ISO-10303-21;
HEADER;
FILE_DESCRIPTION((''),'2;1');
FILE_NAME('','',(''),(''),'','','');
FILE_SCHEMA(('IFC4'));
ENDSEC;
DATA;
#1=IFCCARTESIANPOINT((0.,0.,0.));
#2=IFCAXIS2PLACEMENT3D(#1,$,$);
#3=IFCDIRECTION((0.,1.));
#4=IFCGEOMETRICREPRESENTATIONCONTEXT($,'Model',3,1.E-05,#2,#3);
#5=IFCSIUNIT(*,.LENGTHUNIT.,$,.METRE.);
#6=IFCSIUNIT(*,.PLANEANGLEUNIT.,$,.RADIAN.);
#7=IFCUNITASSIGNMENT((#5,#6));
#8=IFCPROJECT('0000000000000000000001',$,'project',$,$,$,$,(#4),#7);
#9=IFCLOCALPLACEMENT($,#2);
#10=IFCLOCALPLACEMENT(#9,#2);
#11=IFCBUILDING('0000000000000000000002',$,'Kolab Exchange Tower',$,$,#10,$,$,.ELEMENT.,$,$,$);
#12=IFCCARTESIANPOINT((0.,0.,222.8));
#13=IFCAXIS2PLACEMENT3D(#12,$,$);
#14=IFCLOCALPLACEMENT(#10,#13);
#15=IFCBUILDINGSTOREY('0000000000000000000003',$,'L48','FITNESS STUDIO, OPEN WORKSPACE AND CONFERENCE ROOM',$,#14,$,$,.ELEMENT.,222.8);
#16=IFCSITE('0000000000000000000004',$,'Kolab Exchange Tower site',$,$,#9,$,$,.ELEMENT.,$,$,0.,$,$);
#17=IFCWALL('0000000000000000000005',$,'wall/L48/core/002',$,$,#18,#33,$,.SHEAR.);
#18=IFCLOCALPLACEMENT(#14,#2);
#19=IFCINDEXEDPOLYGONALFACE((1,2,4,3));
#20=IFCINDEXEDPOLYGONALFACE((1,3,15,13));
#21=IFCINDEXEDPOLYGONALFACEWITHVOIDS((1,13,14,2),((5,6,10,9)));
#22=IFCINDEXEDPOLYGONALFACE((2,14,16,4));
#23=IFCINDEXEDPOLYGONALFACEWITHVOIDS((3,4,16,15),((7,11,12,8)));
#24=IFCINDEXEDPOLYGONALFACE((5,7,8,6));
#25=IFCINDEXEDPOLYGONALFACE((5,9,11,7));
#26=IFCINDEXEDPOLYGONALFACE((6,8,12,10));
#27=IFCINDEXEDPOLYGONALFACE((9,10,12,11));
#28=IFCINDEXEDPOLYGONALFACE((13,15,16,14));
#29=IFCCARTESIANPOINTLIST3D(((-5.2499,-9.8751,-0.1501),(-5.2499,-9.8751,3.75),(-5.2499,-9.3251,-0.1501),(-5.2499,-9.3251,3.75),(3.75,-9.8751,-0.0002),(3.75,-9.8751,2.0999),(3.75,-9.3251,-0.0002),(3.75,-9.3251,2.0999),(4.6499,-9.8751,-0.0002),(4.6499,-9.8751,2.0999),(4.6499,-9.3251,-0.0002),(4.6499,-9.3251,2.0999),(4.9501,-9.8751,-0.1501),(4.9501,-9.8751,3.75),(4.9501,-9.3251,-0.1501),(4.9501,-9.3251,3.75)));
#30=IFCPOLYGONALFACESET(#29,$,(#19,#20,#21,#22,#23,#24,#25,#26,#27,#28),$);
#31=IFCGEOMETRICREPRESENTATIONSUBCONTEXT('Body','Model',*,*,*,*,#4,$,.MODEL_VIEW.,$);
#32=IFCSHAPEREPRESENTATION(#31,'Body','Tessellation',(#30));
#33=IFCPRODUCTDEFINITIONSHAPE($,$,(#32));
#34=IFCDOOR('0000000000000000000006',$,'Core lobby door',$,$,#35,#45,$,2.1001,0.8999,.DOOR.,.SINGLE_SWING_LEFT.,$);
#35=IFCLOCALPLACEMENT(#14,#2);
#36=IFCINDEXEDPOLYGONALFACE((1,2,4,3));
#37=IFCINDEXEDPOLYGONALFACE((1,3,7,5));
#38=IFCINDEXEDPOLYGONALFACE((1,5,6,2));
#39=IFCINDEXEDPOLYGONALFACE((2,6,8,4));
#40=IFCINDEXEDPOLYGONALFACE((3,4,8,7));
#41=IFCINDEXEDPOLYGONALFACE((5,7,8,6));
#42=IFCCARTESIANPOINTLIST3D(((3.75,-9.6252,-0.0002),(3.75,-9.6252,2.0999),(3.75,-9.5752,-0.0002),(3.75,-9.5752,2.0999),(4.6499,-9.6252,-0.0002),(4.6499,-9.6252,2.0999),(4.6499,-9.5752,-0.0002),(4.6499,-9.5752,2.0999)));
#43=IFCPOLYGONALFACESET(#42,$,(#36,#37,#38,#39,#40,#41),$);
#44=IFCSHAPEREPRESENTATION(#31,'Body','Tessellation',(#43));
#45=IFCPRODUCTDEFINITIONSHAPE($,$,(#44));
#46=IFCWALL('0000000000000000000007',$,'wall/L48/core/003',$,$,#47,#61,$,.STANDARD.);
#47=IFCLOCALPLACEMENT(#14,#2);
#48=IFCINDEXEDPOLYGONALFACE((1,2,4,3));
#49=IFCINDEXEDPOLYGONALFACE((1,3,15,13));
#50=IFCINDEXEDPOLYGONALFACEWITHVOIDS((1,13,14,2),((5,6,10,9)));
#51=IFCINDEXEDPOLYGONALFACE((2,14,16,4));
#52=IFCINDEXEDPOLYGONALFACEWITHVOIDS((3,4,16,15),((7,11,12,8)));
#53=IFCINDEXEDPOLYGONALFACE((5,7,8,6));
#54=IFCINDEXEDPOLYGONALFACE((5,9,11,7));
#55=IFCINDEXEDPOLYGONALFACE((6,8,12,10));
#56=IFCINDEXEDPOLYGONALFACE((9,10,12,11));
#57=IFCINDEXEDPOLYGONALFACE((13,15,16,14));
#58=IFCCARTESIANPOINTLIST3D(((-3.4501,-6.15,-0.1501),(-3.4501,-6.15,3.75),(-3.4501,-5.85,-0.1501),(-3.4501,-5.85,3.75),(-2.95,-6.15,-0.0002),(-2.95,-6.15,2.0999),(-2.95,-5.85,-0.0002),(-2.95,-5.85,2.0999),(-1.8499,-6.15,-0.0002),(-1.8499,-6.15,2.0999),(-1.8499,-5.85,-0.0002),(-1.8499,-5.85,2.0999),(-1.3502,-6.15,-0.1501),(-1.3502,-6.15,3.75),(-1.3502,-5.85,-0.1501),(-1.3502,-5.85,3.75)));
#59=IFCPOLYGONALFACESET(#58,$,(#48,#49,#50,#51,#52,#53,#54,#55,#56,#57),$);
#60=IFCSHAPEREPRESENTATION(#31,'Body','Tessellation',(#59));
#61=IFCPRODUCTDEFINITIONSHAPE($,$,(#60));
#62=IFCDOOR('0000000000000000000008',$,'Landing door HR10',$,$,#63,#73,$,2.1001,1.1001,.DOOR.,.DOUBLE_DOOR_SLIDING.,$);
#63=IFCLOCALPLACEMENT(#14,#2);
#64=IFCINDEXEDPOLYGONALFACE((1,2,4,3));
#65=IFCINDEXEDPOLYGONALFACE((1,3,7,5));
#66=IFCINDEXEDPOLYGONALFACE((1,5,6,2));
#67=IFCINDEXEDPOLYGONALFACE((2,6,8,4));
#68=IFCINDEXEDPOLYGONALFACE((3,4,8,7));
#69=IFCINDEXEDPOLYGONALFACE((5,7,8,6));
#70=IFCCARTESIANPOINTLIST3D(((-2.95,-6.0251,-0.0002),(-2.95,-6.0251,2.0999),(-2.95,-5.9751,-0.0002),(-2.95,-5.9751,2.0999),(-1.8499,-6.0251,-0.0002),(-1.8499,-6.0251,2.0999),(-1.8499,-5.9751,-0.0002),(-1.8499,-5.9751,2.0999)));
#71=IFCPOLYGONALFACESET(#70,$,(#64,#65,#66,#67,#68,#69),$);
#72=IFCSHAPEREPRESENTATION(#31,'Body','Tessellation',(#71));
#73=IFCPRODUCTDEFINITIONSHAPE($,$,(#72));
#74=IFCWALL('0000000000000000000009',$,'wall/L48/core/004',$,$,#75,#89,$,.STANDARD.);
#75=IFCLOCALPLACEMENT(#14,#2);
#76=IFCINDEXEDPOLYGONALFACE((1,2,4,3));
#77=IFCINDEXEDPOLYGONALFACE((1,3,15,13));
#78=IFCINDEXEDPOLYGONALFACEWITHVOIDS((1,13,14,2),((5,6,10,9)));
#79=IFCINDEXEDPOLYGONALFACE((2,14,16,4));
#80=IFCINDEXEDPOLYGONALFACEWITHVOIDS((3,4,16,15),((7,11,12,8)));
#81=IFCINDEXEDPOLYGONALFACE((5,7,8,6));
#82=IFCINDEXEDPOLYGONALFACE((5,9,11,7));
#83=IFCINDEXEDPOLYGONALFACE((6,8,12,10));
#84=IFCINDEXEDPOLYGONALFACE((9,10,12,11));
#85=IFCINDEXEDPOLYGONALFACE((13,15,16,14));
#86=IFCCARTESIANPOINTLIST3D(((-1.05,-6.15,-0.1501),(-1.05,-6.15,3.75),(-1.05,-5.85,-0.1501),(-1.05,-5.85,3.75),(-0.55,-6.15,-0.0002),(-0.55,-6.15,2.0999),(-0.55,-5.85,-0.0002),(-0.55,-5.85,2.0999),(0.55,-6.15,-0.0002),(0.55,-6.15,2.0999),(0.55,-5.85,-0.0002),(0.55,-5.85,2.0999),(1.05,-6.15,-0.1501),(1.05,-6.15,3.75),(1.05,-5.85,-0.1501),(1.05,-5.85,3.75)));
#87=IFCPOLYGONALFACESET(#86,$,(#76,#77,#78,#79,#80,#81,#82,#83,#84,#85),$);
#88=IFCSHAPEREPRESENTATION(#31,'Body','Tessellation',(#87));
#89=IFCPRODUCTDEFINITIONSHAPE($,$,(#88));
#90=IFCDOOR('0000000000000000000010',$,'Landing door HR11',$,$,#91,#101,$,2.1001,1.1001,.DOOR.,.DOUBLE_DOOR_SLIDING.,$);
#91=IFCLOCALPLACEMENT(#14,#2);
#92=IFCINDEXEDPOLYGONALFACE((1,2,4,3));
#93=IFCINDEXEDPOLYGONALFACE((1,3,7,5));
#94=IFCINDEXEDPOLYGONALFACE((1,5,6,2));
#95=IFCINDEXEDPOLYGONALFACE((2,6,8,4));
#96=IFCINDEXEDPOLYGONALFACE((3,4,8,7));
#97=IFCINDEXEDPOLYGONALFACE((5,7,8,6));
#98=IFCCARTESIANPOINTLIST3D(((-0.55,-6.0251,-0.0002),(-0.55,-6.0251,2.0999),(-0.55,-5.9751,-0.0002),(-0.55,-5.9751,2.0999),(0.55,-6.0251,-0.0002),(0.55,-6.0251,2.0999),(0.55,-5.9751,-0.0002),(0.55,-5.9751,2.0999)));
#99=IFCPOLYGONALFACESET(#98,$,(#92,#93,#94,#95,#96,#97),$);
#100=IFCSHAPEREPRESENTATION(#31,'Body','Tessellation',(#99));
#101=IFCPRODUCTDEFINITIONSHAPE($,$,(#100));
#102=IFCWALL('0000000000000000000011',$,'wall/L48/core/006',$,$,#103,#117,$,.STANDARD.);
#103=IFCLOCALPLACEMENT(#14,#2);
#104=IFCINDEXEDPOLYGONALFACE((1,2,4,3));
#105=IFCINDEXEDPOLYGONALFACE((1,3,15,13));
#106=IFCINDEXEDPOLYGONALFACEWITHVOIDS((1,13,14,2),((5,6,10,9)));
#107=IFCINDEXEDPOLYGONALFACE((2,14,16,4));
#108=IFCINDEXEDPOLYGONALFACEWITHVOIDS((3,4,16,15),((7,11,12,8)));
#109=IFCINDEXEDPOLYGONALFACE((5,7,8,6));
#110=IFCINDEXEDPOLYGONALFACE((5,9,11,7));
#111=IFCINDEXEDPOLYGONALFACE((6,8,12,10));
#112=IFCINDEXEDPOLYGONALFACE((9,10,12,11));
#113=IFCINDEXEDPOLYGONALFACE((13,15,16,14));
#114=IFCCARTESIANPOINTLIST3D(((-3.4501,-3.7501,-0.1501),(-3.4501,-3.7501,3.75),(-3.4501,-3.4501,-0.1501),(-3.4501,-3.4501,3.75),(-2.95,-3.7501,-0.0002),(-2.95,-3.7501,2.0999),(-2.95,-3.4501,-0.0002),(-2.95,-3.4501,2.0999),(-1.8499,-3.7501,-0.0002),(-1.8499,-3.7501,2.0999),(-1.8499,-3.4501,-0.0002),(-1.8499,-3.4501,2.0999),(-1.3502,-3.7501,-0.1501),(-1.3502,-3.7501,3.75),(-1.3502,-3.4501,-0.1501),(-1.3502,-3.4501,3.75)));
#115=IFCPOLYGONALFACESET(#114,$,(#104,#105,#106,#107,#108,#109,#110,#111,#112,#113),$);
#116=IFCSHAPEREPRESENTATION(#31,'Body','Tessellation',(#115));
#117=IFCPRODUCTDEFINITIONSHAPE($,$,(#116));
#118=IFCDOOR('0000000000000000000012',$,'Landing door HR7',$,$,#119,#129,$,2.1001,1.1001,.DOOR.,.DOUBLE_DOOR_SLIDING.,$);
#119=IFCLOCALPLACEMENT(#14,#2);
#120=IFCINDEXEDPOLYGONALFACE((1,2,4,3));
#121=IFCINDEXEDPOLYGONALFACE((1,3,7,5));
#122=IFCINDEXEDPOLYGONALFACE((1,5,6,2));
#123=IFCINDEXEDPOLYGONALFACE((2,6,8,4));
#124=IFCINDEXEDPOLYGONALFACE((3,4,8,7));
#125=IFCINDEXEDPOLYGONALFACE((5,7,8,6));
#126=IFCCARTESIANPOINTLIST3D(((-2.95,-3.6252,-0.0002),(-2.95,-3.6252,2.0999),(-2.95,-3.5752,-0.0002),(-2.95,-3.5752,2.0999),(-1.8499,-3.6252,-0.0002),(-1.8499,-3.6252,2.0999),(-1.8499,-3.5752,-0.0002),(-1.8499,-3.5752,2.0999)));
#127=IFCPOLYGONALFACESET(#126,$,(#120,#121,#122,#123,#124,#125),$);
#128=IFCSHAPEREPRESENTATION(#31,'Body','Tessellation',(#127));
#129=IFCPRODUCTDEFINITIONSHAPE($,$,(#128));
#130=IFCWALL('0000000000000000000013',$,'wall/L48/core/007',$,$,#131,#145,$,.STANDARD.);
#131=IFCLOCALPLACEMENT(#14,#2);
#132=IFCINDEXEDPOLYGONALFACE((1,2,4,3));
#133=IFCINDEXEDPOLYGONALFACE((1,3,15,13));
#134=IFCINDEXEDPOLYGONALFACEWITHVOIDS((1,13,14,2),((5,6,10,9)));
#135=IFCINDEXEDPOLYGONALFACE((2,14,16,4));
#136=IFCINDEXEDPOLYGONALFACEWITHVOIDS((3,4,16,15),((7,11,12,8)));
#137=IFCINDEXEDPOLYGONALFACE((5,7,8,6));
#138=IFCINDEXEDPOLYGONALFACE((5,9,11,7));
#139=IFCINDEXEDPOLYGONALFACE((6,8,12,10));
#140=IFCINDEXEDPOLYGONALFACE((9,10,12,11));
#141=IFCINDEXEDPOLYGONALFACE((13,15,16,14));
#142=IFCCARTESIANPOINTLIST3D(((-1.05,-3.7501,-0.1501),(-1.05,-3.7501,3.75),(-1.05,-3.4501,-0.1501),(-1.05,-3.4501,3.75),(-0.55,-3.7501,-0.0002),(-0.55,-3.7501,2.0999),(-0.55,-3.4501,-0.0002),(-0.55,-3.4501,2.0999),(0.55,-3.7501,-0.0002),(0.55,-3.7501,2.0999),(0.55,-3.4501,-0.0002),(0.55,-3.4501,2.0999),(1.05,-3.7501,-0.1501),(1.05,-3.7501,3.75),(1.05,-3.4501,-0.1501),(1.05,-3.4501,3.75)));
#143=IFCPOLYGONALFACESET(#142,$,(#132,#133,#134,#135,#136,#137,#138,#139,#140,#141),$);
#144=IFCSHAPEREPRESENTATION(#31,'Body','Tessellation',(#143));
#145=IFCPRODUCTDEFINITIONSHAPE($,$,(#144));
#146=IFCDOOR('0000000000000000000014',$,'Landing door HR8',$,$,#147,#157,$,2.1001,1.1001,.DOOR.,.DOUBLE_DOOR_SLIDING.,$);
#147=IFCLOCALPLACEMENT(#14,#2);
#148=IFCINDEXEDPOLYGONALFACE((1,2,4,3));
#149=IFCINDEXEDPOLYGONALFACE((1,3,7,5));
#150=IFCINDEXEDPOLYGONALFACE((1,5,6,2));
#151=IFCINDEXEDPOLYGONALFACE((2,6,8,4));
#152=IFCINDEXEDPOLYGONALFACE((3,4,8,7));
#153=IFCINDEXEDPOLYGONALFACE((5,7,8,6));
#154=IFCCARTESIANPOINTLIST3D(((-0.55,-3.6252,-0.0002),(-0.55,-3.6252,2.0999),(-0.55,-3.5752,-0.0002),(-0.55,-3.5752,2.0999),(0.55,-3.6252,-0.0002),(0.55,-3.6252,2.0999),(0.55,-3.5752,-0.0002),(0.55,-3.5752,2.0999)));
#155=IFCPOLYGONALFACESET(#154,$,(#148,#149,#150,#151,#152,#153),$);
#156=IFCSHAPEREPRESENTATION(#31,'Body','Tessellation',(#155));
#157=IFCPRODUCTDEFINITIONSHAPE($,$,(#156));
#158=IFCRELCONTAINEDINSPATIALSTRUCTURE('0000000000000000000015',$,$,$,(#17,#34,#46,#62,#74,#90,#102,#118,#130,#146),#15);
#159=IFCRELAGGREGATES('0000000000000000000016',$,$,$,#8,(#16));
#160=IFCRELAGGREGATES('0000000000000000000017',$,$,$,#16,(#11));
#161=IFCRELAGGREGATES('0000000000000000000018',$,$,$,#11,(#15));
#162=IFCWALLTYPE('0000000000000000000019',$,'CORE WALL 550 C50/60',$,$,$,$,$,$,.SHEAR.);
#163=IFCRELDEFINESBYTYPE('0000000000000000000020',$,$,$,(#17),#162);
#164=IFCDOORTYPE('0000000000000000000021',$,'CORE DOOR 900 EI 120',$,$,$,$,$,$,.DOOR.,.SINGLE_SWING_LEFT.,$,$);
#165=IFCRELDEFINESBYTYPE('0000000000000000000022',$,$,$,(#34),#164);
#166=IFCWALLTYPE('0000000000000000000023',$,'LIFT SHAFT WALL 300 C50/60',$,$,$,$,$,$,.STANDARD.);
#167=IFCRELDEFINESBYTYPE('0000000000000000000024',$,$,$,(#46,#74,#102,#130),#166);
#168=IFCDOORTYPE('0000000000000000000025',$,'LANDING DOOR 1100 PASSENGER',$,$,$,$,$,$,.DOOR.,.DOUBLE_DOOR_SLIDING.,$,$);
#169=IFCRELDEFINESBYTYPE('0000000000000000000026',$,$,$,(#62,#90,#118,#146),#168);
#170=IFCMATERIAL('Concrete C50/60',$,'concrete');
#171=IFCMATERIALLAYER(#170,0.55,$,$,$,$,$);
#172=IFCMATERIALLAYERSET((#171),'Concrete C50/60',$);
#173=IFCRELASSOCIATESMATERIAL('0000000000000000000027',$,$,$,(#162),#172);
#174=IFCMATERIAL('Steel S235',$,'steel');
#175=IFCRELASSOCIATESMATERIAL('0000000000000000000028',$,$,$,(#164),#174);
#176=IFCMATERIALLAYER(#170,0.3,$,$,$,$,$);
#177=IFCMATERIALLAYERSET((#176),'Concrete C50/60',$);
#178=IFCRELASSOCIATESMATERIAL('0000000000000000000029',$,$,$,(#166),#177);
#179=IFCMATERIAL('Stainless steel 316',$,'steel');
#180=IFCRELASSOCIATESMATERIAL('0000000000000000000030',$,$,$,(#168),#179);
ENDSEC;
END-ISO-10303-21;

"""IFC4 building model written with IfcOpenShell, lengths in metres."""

from ifc_helpers import new_model, si_unit, direction, frame, frame_2d, origin, place, context, subcontext, project, spatial, rectangle, extrude, material, layer, layer_set, type_object, element, fill, save


model = new_model("IFC4")

# Units and contexts
model_context = context("Model", 3, precision=1e-05, world=origin(), true_north=direction((0.0, 1.0)))
body_context = subcontext(model_context, "Body", "Model", "MODEL_VIEW")
ifc_project = project(units=[si_unit("LENGTHUNIT", "METRE"), si_unit("PLANEANGLEUNIT", "RADIAN")], contexts=[model_context])

# Site, building, storey
site_placement = place(None, origin())
site = spatial("IfcSite", under=ifc_project, at=site_placement, Name="Kolab Exchange Tower site", CompositionType="ELEMENT", RefElevation=0.0)
building_placement = place(site_placement, origin())
building = spatial("IfcBuilding", under=site, at=building_placement, Name="Kolab Exchange Tower", CompositionType="ELEMENT")
storey_placement = place(building_placement, frame((0.0, 0.0, 222.8)))
storey = spatial("IfcBuildingStorey", under=building, at=storey_placement, Name="L48", Description="FITNESS STUDIO, OPEN WORKSPACE AND CONFERENCE ROOM", CompositionType="ELEMENT", Elevation=222.8)

# Walls, openings, doors
ifc_material_1 = material(Name="Concrete C50/60", Category="concrete")
ifc_layer_1 = layer(ifc_material_1, 0.55)
ifc_layer_set_1 = layer_set([ifc_layer_1], Name="Concrete C50/60")
wall_type_1 = type_object("IfcWallType", Name="CORE WALL 550 C50/60", PredefinedType="SHEAR", material=ifc_layer_set_1)
wall_1_placement = place(storey_placement, frame((-5.25, -9.6001, -0.1501), z_axis=(0.0, 0.0, 1.0), x_axis=(1.0, 0.0, 0.0)))
wall_1 = element("IfcWall", 1, at=wall_1_placement, inside=storey, type_object=wall_type_1, Name="wall/L48/core/002", PredefinedType="SHEAR", context=body_context, shape_type="SweptSolid", body=[
    extrude(rectangle(XDim=10.2, YDim=0.55, at=frame_2d((5.1001, 0.0))), origin(), (0.0, 0.0, 1.0), 3.9001),
])
opening_1_placement = place(wall_1_placement, frame((9.0, 0.0, 0.1499)))
opening_1 = element("IfcOpeningElement", 2, at=opening_1_placement, cuts=wall_1, PredefinedType="OPENING", context=body_context, shape_type="SweptSolid", body=[
    extrude(rectangle(XDim=0.8999, YDim=2.1001, at=frame_2d((0.45, 1.05))), frame((0.0, 0.2852, 0.0), z_axis=(0.0, -1.0, 0.0), x_axis=(1.0, 0.0, 0.0)), (0.0, 0.0, 1.0), 0.5701),
])
ifc_material_2 = material(Name="Steel S235", Category="steel")
door_type_1 = type_object("IfcDoorType", Name="CORE DOOR 900 EI 120", OperationType="SINGLE_SWING_LEFT", PredefinedType="DOOR", material=ifc_material_2)
door_1_placement = place(opening_1_placement, origin())
door_1 = element("IfcDoor", 3, at=door_1_placement, inside=storey, type_object=door_type_1, Name="Core lobby door", OperationType="SINGLE_SWING_LEFT", OverallHeight=2.1001, OverallWidth=0.8999, PredefinedType="DOOR", context=body_context, shape_type="SweptSolid", body=[
    extrude(rectangle(XDim=0.8999, YDim=2.1001, at=frame_2d((0.45, 1.05))), frame((0.0, 0.0249, 0.0), z_axis=(0.0, -1.0, 0.0), x_axis=(1.0, 0.0, 0.0)), (0.0, 0.0, 1.0), 0.05),
])
fill(opening_1, door_1)
ifc_layer_2 = layer(ifc_material_1, 0.3)
ifc_layer_set_2 = layer_set([ifc_layer_2], Name="Concrete C50/60")
wall_type_2 = type_object("IfcWallType", Name="LIFT SHAFT WALL 300 C50/60", PredefinedType="STANDARD", material=ifc_layer_set_2)
wall_2_placement = place(storey_placement, frame((-3.45, -6.0, -0.1501), z_axis=(0.0, 0.0, 1.0), x_axis=(1.0, 0.0, 0.0)))
wall_2 = element("IfcWall", 4, at=wall_2_placement, inside=storey, type_object=wall_type_2, Name="wall/L48/core/003", PredefinedType="STANDARD", context=body_context, shape_type="SweptSolid", body=[
    extrude(rectangle(XDim=2.0999, YDim=0.3, at=frame_2d((1.0498, 0.0))), origin(), (0.0, 0.0, 1.0), 3.9001),
])
opening_2_placement = place(wall_2_placement, frame((0.5, 0.0, 0.1499)))
opening_2 = element("IfcOpeningElement", 5, at=opening_2_placement, cuts=wall_2, PredefinedType="OPENING", context=body_context, shape_type="SweptSolid", body=[
    extrude(rectangle(XDim=1.1001, YDim=2.1001, at=frame_2d((0.55, 1.05))), frame((0.0, 0.1602, 0.0), z_axis=(0.0, -1.0, 0.0), x_axis=(1.0, 0.0, 0.0)), (0.0, 0.0, 1.0), 0.3201),
])
ifc_material_3 = material(Name="Stainless steel 316", Category="steel")
door_type_2 = type_object("IfcDoorType", Name="LANDING DOOR 1100 PASSENGER", OperationType="DOUBLE_DOOR_SLIDING", PredefinedType="DOOR", material=ifc_material_3)
door_2_placement = place(opening_2_placement, origin())
door_2 = element("IfcDoor", 6, at=door_2_placement, inside=storey, type_object=door_type_2, Name="Landing door HR10", OperationType="DOUBLE_DOOR_SLIDING", OverallHeight=2.1001, OverallWidth=1.1001, PredefinedType="DOOR", context=body_context, shape_type="SweptSolid", body=[
    extrude(rectangle(XDim=1.1001, YDim=2.1001, at=frame_2d((0.55, 1.05))), frame((0.0, 0.0249, 0.0), z_axis=(0.0, -1.0, 0.0), x_axis=(1.0, 0.0, 0.0)), (0.0, 0.0, 1.0), 0.05),
])
fill(opening_2, door_2)
wall_3_placement = place(storey_placement, frame((-1.05, -6.0, -0.1501), z_axis=(0.0, 0.0, 1.0), x_axis=(1.0, 0.0, 0.0)))
wall_3 = element("IfcWall", 7, at=wall_3_placement, inside=storey, type_object=wall_type_2, Name="wall/L48/core/004", PredefinedType="STANDARD", context=body_context, shape_type="SweptSolid", body=[
    extrude(rectangle(XDim=2.1001, YDim=0.3, at=frame_2d((1.05, 0.0))), origin(), (0.0, 0.0, 1.0), 3.9001),
])
opening_3_placement = place(wall_3_placement, frame((0.5, 0.0, 0.1499)))
opening_3 = element("IfcOpeningElement", 8, at=opening_3_placement, cuts=wall_3, PredefinedType="OPENING", context=body_context, shape_type="SweptSolid", body=[
    extrude(rectangle(XDim=1.1001, YDim=2.1001, at=frame_2d((0.55, 1.05))), frame((0.0, 0.1602, 0.0), z_axis=(0.0, -1.0, 0.0), x_axis=(1.0, 0.0, 0.0)), (0.0, 0.0, 1.0), 0.3201),
])
door_3_placement = place(opening_3_placement, origin())
door_3 = element("IfcDoor", 9, at=door_3_placement, inside=storey, type_object=door_type_2, Name="Landing door HR11", OperationType="DOUBLE_DOOR_SLIDING", OverallHeight=2.1001, OverallWidth=1.1001, PredefinedType="DOOR", context=body_context, shape_type="SweptSolid", body=[
    extrude(rectangle(XDim=1.1001, YDim=2.1001, at=frame_2d((0.55, 1.05))), frame((0.0, 0.0249, 0.0), z_axis=(0.0, -1.0, 0.0), x_axis=(1.0, 0.0, 0.0)), (0.0, 0.0, 1.0), 0.05),
])
fill(opening_3, door_3)
wall_4_placement = place(storey_placement, frame((-3.45, -3.6001, -0.1501), z_axis=(0.0, 0.0, 1.0), x_axis=(1.0, 0.0, 0.0)))
wall_4 = element("IfcWall", 10, at=wall_4_placement, inside=storey, type_object=wall_type_2, Name="wall/L48/core/006", PredefinedType="STANDARD", context=body_context, shape_type="SweptSolid", body=[
    extrude(rectangle(XDim=2.0999, YDim=0.3, at=frame_2d((1.0498, 0.0))), origin(), (0.0, 0.0, 1.0), 3.9001),
])
opening_4_placement = place(wall_4_placement, frame((0.5, 0.0, 0.1499)))
opening_4 = element("IfcOpeningElement", 11, at=opening_4_placement, cuts=wall_4, PredefinedType="OPENING", context=body_context, shape_type="SweptSolid", body=[
    extrude(rectangle(XDim=1.1001, YDim=2.1001, at=frame_2d((0.55, 1.05))), frame((0.0, 0.1602, 0.0), z_axis=(0.0, -1.0, 0.0), x_axis=(1.0, 0.0, 0.0)), (0.0, 0.0, 1.0), 0.3201),
])
door_4_placement = place(opening_4_placement, origin())
door_4 = element("IfcDoor", 12, at=door_4_placement, inside=storey, type_object=door_type_2, Name="Landing door HR7", OperationType="DOUBLE_DOOR_SLIDING", OverallHeight=2.1001, OverallWidth=1.1001, PredefinedType="DOOR", context=body_context, shape_type="SweptSolid", body=[
    extrude(rectangle(XDim=1.1001, YDim=2.1001, at=frame_2d((0.55, 1.05))), frame((0.0, 0.0249, 0.0), z_axis=(0.0, -1.0, 0.0), x_axis=(1.0, 0.0, 0.0)), (0.0, 0.0, 1.0), 0.05),
])
fill(opening_4, door_4)
wall_5_placement = place(storey_placement, frame((-1.05, -3.6001, -0.1501), z_axis=(0.0, 0.0, 1.0), x_axis=(1.0, 0.0, 0.0)))
wall_5 = element("IfcWall", 13, at=wall_5_placement, inside=storey, type_object=wall_type_2, Name="wall/L48/core/007", PredefinedType="STANDARD", context=body_context, shape_type="SweptSolid", body=[
    extrude(rectangle(XDim=2.1001, YDim=0.3, at=frame_2d((1.05, 0.0))), origin(), (0.0, 0.0, 1.0), 3.9001),
])
opening_5_placement = place(wall_5_placement, frame((0.5, 0.0, 0.1499)))
opening_5 = element("IfcOpeningElement", 14, at=opening_5_placement, cuts=wall_5, PredefinedType="OPENING", context=body_context, shape_type="SweptSolid", body=[
    extrude(rectangle(XDim=1.1001, YDim=2.1001, at=frame_2d((0.55, 1.05))), frame((0.0, 0.1602, 0.0), z_axis=(0.0, -1.0, 0.0), x_axis=(1.0, 0.0, 0.0)), (0.0, 0.0, 1.0), 0.3201),
])
door_5_placement = place(opening_5_placement, origin())
door_5 = element("IfcDoor", 15, at=door_5_placement, inside=storey, type_object=door_type_2, Name="Landing door HR8", OperationType="DOUBLE_DOOR_SLIDING", OverallHeight=2.1001, OverallWidth=1.1001, PredefinedType="DOOR", context=body_context, shape_type="SweptSolid", body=[
    extrude(rectangle(XDim=1.1001, YDim=2.1001, at=frame_2d((0.55, 1.05))), frame((0.0, 0.0249, 0.0), z_axis=(0.0, -1.0, 0.0), x_axis=(1.0, 0.0, 0.0)), (0.0, 0.0, 1.0), 0.05),
])
fill(opening_5, door_5)

save(model, "model.ifc")
